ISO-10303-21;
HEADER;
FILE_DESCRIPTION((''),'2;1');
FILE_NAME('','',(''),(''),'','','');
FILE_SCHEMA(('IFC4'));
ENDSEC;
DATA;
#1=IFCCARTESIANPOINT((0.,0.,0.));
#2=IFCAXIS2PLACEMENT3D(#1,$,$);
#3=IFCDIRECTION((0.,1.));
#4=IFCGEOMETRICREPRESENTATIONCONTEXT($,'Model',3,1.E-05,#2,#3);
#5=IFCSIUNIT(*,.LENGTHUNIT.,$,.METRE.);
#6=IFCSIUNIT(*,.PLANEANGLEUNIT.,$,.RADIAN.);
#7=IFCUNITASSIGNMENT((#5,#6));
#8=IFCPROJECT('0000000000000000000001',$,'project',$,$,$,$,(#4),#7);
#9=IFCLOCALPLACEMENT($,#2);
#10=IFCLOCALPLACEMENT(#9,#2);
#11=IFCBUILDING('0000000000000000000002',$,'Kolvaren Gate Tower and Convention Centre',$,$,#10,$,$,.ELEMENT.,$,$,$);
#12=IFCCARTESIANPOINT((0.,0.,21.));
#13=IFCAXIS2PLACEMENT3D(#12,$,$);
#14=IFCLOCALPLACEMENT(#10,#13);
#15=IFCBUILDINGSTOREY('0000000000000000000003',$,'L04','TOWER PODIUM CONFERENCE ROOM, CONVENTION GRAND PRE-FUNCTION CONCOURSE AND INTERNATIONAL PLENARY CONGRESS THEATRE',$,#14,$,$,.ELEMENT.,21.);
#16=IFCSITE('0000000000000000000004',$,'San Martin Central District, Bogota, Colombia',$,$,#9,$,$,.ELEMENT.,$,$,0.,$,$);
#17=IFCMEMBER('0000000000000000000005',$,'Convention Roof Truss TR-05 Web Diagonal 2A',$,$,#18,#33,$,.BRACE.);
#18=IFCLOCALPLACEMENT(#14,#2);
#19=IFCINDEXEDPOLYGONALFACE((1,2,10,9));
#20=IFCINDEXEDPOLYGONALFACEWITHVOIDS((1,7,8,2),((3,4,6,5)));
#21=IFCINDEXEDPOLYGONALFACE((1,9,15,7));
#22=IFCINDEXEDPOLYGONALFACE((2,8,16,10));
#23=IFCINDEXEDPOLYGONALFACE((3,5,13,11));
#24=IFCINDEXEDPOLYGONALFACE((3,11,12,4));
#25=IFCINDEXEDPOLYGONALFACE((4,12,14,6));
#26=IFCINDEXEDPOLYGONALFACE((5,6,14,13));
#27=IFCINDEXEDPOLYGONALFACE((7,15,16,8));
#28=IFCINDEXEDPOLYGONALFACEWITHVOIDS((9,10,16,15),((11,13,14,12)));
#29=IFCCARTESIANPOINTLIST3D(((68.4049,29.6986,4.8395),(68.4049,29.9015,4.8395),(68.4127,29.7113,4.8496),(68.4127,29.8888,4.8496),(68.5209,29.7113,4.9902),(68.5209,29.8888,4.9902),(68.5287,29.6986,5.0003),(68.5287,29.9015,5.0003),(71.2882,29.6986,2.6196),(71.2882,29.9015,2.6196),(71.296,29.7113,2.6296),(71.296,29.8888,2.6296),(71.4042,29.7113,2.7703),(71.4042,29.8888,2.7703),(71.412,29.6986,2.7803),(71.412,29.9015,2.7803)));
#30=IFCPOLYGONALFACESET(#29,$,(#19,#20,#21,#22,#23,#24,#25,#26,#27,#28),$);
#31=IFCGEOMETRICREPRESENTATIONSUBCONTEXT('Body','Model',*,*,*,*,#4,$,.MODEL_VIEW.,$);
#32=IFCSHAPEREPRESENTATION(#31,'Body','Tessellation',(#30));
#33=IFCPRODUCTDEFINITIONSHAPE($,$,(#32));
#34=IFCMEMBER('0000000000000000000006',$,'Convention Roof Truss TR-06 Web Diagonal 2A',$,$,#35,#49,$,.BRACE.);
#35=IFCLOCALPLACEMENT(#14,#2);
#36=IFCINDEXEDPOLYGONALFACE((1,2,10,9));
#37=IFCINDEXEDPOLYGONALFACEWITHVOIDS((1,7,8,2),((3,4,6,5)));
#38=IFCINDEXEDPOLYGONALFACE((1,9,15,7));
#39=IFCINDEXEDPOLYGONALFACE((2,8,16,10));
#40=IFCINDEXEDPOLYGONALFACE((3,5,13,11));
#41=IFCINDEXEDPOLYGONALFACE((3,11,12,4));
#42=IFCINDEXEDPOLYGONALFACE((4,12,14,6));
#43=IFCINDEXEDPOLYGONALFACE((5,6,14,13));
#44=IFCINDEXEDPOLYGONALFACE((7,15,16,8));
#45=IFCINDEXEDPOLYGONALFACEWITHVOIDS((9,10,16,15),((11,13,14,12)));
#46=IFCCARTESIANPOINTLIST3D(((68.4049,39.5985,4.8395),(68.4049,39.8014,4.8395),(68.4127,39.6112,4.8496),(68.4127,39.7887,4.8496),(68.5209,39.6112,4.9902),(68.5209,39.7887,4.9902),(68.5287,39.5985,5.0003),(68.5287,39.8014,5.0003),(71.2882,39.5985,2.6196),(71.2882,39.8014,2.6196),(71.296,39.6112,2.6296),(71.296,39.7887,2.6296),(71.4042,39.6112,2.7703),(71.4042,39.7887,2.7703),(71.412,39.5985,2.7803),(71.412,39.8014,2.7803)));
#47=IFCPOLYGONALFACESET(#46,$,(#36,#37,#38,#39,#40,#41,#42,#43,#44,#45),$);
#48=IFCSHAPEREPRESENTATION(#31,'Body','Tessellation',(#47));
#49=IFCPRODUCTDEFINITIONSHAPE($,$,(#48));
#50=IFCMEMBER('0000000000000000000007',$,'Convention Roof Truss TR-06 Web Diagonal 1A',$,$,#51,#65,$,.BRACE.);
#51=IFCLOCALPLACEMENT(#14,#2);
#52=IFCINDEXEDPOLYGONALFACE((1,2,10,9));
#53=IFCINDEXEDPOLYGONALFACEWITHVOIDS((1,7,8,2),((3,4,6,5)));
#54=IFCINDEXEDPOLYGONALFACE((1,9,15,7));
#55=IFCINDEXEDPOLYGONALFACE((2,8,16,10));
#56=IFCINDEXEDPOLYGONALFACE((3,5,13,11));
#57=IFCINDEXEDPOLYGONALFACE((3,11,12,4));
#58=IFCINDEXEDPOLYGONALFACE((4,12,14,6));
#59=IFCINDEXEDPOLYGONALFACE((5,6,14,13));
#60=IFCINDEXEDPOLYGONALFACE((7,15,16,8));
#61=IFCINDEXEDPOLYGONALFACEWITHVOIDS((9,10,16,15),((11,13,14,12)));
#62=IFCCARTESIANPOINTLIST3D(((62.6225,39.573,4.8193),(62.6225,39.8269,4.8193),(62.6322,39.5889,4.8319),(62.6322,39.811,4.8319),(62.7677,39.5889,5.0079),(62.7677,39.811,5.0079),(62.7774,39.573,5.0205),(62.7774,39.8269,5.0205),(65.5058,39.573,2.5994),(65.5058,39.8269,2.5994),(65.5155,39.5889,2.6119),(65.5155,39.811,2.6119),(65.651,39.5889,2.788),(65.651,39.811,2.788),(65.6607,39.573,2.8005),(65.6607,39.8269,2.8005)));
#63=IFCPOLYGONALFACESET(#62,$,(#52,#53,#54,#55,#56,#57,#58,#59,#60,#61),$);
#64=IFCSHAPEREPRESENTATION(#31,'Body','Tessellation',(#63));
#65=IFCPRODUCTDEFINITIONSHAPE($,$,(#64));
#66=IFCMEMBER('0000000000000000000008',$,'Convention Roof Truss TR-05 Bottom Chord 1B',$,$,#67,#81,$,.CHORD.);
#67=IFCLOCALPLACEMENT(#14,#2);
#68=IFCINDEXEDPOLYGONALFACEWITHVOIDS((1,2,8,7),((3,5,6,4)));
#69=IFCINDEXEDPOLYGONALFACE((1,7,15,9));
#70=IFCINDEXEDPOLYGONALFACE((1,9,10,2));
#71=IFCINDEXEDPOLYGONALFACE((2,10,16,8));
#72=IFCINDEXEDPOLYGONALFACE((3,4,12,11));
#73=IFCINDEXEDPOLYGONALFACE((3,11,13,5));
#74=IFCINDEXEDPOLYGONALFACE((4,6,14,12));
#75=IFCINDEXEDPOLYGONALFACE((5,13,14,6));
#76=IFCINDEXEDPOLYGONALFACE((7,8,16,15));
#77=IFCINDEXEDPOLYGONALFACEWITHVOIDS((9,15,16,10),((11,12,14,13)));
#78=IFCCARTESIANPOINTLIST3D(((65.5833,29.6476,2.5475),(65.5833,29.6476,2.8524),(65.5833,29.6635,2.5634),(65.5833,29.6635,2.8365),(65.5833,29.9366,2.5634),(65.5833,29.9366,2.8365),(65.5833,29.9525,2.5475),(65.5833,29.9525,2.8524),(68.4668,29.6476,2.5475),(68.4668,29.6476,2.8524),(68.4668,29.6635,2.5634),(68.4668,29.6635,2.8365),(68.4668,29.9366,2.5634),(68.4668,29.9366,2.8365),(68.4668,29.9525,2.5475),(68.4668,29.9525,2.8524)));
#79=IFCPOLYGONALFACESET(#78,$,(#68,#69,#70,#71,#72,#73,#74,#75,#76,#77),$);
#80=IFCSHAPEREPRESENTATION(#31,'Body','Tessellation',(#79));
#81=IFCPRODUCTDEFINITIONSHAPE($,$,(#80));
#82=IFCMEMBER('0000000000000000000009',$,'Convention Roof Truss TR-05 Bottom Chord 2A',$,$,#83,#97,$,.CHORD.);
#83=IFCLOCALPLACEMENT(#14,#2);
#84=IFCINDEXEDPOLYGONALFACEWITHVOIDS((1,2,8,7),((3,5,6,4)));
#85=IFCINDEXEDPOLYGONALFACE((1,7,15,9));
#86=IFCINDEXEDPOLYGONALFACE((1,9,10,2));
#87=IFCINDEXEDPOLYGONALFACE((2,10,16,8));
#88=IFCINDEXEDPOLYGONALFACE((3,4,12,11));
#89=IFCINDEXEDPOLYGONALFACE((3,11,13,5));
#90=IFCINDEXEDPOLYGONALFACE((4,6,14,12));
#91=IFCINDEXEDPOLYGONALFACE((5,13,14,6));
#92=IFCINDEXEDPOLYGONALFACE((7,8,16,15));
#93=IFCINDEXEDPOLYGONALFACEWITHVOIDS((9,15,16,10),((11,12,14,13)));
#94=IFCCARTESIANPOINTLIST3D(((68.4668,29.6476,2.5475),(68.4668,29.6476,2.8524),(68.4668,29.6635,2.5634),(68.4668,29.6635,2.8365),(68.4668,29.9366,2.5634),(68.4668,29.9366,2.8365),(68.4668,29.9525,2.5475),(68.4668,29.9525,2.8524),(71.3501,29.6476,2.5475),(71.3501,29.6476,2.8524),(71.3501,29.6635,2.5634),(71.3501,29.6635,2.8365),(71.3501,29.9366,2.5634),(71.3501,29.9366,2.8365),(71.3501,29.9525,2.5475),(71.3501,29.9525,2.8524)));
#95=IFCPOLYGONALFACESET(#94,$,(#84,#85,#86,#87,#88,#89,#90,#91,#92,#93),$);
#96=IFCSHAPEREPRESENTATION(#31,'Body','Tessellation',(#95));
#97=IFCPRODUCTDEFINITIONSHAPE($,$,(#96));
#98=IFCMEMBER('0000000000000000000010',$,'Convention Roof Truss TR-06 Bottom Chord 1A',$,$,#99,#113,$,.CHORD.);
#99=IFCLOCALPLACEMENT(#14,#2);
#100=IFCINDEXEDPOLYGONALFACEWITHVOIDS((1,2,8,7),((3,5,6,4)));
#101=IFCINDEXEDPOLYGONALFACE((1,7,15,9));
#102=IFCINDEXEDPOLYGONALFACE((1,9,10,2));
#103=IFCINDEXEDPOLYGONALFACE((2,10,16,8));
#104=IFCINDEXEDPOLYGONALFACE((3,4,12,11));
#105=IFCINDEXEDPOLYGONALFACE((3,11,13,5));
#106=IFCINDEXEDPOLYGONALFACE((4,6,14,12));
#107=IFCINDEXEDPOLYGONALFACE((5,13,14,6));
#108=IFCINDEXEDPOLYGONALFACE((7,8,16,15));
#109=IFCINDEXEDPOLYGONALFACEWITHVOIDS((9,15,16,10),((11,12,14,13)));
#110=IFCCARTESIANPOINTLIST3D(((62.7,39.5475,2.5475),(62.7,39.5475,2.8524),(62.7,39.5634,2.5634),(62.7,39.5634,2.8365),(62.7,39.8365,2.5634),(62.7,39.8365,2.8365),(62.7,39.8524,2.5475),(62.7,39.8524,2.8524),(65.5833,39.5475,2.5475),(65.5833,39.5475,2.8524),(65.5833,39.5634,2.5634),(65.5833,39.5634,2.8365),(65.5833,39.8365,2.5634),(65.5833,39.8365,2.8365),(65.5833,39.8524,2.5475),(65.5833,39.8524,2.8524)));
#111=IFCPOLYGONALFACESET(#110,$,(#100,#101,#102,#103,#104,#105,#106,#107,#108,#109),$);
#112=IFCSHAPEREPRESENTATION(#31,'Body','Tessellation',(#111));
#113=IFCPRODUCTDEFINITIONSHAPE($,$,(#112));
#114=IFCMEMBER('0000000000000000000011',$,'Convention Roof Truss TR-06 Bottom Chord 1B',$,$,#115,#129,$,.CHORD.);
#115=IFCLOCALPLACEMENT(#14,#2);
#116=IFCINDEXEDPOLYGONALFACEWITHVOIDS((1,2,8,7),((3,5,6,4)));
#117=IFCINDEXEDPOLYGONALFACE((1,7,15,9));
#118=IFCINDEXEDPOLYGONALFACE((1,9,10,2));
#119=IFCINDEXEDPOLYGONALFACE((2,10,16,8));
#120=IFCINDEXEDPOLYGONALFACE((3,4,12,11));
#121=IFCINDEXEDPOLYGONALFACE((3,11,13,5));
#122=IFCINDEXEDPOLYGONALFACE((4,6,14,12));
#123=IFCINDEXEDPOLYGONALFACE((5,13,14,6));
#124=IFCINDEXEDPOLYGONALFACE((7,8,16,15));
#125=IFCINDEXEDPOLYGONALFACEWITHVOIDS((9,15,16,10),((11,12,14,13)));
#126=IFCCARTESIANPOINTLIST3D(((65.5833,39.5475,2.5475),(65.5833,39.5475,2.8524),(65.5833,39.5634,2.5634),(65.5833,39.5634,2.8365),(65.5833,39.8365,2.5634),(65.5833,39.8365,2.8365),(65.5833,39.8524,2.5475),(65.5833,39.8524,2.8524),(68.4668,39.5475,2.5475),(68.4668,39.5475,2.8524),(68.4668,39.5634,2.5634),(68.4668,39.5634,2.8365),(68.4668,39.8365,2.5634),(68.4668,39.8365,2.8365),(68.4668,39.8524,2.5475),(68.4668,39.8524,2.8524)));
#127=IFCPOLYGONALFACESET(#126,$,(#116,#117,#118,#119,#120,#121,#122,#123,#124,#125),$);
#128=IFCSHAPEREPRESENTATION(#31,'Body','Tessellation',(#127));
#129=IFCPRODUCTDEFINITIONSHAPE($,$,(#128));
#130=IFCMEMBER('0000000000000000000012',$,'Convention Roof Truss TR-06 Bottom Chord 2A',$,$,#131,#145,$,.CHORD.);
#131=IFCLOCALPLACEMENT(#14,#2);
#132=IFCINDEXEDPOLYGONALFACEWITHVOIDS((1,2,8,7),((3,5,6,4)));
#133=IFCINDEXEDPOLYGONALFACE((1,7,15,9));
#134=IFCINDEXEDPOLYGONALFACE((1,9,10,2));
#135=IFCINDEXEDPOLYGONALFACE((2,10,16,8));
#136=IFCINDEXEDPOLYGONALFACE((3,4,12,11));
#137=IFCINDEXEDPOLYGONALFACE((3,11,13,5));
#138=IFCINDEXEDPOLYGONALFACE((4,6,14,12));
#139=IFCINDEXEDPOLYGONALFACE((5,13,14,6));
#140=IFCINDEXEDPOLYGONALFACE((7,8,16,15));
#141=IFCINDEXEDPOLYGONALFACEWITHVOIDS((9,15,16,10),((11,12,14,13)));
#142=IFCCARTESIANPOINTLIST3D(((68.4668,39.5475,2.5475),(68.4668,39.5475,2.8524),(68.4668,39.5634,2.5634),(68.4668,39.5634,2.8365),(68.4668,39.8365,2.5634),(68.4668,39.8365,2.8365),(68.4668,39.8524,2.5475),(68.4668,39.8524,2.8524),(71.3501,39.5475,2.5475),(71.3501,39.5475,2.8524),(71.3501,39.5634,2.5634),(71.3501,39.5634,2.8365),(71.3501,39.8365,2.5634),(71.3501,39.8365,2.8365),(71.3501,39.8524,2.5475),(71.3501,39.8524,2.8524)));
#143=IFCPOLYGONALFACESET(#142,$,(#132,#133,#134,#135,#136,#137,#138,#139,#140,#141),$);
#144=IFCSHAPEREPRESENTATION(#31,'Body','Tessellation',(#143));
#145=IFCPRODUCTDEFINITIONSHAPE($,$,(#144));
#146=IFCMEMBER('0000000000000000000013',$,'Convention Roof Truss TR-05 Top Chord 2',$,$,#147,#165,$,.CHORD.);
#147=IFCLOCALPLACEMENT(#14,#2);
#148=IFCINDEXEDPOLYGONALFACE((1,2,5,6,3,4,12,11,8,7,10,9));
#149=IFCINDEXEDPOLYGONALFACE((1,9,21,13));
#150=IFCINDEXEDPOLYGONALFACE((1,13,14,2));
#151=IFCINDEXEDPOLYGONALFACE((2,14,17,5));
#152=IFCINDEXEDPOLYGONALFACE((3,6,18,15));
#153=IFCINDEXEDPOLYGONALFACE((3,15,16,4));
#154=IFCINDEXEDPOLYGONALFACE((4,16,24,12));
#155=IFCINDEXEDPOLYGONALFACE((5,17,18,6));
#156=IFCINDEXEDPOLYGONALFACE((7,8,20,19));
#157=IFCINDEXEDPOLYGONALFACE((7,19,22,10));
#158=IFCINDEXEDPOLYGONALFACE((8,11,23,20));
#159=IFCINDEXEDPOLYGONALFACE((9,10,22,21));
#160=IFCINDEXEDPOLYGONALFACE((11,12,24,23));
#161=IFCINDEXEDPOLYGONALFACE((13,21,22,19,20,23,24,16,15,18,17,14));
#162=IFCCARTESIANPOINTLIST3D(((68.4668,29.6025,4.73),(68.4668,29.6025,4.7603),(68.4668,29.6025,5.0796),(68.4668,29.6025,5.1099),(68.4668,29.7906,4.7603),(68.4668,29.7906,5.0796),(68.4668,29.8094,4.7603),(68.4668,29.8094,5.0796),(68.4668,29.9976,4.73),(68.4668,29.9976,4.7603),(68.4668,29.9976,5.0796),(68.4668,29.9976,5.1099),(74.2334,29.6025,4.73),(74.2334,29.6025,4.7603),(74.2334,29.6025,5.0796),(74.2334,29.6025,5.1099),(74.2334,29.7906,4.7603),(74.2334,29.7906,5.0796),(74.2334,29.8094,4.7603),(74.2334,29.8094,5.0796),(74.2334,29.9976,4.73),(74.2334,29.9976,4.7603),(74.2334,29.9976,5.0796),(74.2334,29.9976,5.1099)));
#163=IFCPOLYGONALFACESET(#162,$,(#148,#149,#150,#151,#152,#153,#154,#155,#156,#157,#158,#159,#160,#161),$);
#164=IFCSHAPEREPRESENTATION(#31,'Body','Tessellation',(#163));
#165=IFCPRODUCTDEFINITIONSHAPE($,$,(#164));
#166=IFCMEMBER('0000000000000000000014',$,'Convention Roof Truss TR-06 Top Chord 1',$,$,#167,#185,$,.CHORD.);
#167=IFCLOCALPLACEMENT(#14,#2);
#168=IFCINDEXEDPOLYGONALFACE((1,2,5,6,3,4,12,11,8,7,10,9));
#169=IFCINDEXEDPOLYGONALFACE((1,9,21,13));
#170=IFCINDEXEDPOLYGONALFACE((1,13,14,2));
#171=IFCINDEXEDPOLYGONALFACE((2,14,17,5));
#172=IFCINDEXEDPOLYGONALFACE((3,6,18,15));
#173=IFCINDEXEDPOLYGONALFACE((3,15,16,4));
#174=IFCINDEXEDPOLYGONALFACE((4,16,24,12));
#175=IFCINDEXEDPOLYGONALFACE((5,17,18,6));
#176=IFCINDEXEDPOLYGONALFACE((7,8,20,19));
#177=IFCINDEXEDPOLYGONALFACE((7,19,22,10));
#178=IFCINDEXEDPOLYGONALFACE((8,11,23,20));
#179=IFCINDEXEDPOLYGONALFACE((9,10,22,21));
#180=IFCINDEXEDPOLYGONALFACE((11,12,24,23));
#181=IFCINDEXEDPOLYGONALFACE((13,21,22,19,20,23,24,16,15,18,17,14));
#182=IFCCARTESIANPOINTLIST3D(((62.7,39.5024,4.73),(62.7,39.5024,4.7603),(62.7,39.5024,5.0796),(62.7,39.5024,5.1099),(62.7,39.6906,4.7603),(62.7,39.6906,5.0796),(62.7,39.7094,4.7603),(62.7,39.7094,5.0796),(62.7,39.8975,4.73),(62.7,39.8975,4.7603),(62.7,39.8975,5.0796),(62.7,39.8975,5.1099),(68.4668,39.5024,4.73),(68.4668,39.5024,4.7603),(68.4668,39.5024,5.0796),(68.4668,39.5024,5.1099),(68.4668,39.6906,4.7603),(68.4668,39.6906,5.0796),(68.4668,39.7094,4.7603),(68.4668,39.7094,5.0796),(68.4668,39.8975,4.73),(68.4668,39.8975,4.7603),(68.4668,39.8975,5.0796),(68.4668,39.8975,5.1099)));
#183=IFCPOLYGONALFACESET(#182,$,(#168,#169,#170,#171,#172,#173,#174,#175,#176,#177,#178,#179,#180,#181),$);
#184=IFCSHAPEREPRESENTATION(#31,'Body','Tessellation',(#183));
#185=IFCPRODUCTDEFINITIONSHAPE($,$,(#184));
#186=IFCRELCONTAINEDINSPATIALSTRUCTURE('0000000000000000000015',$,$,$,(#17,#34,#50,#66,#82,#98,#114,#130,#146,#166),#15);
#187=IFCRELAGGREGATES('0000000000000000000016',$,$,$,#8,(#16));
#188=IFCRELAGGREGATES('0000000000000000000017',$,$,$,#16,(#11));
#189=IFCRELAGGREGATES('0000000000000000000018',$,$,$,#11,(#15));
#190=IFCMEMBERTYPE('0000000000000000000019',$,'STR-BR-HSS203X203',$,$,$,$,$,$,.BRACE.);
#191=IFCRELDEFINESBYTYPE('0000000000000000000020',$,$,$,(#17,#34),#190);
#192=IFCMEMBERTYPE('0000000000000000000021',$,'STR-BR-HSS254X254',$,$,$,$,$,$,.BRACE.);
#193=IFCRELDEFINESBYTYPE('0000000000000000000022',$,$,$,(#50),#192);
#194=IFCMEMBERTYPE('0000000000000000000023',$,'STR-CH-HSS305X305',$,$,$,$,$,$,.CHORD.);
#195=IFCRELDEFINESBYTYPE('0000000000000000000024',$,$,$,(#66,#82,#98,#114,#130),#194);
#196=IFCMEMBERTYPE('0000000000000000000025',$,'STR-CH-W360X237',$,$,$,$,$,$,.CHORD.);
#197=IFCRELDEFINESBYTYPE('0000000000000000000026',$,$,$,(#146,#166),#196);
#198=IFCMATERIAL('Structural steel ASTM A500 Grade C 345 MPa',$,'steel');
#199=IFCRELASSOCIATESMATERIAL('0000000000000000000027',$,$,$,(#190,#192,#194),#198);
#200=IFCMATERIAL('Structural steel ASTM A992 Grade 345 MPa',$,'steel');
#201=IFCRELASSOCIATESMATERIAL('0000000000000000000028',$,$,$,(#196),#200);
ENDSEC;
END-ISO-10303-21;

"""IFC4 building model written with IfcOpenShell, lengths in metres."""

from ifc_helpers import new_model, si_unit, direction, frame, origin, origin_2d, place, context, subcontext, project, spatial, hollow_rectangle, i_section, extrude, material, material_profile, profile_set, type_object, element, save


model = new_model("IFC4")

# Units and contexts
model_context = context("Model", 3, precision=1e-05, world=origin(), true_north=direction((0.0, 1.0)))
body_context = subcontext(model_context, "Body", "Model", "MODEL_VIEW")
ifc_project = project(units=[si_unit("LENGTHUNIT", "METRE"), si_unit("PLANEANGLEUNIT", "RADIAN")], contexts=[model_context])

# Site, building, storey
site_placement = place(None, origin())
site = spatial("IfcSite", under=ifc_project, at=site_placement, Name="San Martin Central District, Bogota, Colombia", CompositionType="ELEMENT", RefElevation=0.0)
building_placement = place(site_placement, origin())
building = spatial("IfcBuilding", under=site, at=building_placement, Name="Kolvaren Gate Tower and Convention Centre", CompositionType="ELEMENT")
storey_placement = place(building_placement, frame((0.0, 0.0, 21.0)))
storey = spatial("IfcBuildingStorey", under=building, at=storey_placement, Name="L04", Description="TOWER PODIUM CONFERENCE ROOM, CONVENTION GRAND PRE-FUNCTION CONCOURSE AND INTERNATIONAL PLENARY CONGRESS THEATRE", CompositionType="ELEMENT", Elevation=21.0)

# Members
ifc_material_1 = material(Name="Structural steel ASTM A500 Grade C 345 MPa", Category="steel")
ifc_material_profile_1 = material_profile(ifc_material_1, hollow_rectangle(XDim=0.2029, YDim=0.2029, WallThickness=0.0127, at=origin_2d()), Name="HSS203X203X12.7")
ifc_profile_set_1 = profile_set([ifc_material_profile_1], Name="Structural steel ASTM A500 Grade C 345 MPa")
member_type_1 = type_object("IfcMemberType", Name="STR-BR-HSS203X203", PredefinedType="BRACE", material=ifc_profile_set_1)
for number, where, z_axis, x_axis, name in (
    (1, (68.4668, 29.8, 4.9199), (0.792352, 0.0, -0.610064), (0.0, 1.0, 0.0), "Convention Roof Truss TR-05 Web Diagonal 2A"),
    (2, (68.4668, 39.7, 4.9199), (0.792352, 0.0, -0.610064), (0.0, 1.0, 0.0), "Convention Roof Truss TR-06 Web Diagonal 2A"),
):
    element("IfcMember", number, at=place(storey_placement, frame(where, z_axis=z_axis, x_axis=x_axis)), inside=storey, type_object=member_type_1, Name=name, PredefinedType="BRACE", context=body_context, shape_type="SweptSolid", body=[
        extrude(hollow_rectangle(XDim=0.2029, YDim=0.2029, WallThickness=0.0127, at=origin_2d()), origin(), (0.0, 0.0, 1.0), 3.6389),
    ])
ifc_material_profile_2 = material_profile(ifc_material_1, hollow_rectangle(XDim=0.2539, YDim=0.2539, WallThickness=0.0159, at=origin_2d()), Name="HSS254X254X15.9")
ifc_profile_set_2 = profile_set([ifc_material_profile_2], Name="Structural steel ASTM A500 Grade C 345 MPa")
member_type_2 = type_object("IfcMemberType", Name="STR-BR-HSS254X254", PredefinedType="BRACE", material=ifc_profile_set_2)
member_1_placement = place(storey_placement, frame((62.7, 39.7, 4.9199), z_axis=(0.792352, 0.0, -0.610064), x_axis=(0.0, 1.0, 0.0)))
element("IfcMember", 3, at=member_1_placement, inside=storey, type_object=member_type_2, Name="Convention Roof Truss TR-06 Web Diagonal 1A", PredefinedType="BRACE", context=body_context, shape_type="SweptSolid", body=[
    extrude(hollow_rectangle(XDim=0.2539, YDim=0.2539, WallThickness=0.0159, at=origin_2d()), origin(), (0.0, 0.0, 1.0), 3.6389),
])
ifc_material_profile_3 = material_profile(ifc_material_1, hollow_rectangle(XDim=0.3049, YDim=0.3049, WallThickness=0.0159, at=origin_2d()), Name="HSS305X305X15.9")
ifc_profile_set_3 = profile_set([ifc_material_profile_3], Name="Structural steel ASTM A500 Grade C 345 MPa")
member_type_3 = type_object("IfcMemberType", Name="STR-CH-HSS305X305", PredefinedType="CHORD", material=ifc_profile_set_3)
member_2_placement = place(storey_placement, frame((65.5833, 29.8, 2.7), z_axis=(1.0, 0.0, 0.0), x_axis=(0.0, 1.0, 0.0)))
element("IfcMember", 4, at=member_2_placement, inside=storey, type_object=member_type_3, Name="Convention Roof Truss TR-05 Bottom Chord 1B", PredefinedType="CHORD", context=body_context, shape_type="SweptSolid", body=[
    extrude(hollow_rectangle(XDim=0.3049, YDim=0.3049, WallThickness=0.0159, at=origin_2d()), origin(), (0.0, 0.0, 1.0), 2.8835),
])
for number, where, z_axis, x_axis, name in (
    (5, (68.4668, 29.8, 2.7), (1.0, 0.0, 0.0), (0.0, 1.0, 0.0), "Convention Roof Truss TR-05 Bottom Chord 2A"),
    (6, (62.7, 39.7, 2.7), (1.0, 0.0, 0.0), (0.0, 1.0, 0.0), "Convention Roof Truss TR-06 Bottom Chord 1A"),
):
    element("IfcMember", number, at=place(storey_placement, frame(where, z_axis=z_axis, x_axis=x_axis)), inside=storey, type_object=member_type_3, Name=name, PredefinedType="CHORD", context=body_context, shape_type="SweptSolid", body=[
        extrude(hollow_rectangle(XDim=0.3049, YDim=0.3049, WallThickness=0.0159, at=origin_2d()), origin(), (0.0, 0.0, 1.0), 2.8833),
    ])
member_3_placement = place(storey_placement, frame((65.5833, 39.7, 2.7), z_axis=(1.0, 0.0, 0.0), x_axis=(0.0, 1.0, 0.0)))
element("IfcMember", 7, at=member_3_placement, inside=storey, type_object=member_type_3, Name="Convention Roof Truss TR-06 Bottom Chord 1B", PredefinedType="CHORD", context=body_context, shape_type="SweptSolid", body=[
    extrude(hollow_rectangle(XDim=0.3049, YDim=0.3049, WallThickness=0.0159, at=origin_2d()), origin(), (0.0, 0.0, 1.0), 2.8835),
])
member_4_placement = place(storey_placement, frame((68.4668, 39.7, 2.7), z_axis=(1.0, 0.0, 0.0), x_axis=(0.0, 1.0, 0.0)))
element("IfcMember", 8, at=member_4_placement, inside=storey, type_object=member_type_3, Name="Convention Roof Truss TR-06 Bottom Chord 2A", PredefinedType="CHORD", context=body_context, shape_type="SweptSolid", body=[
    extrude(hollow_rectangle(XDim=0.3049, YDim=0.3049, WallThickness=0.0159, at=origin_2d()), origin(), (0.0, 0.0, 1.0), 2.8833),
])
ifc_material_2 = material(Name="Structural steel ASTM A992 Grade 345 MPa", Category="steel")
ifc_material_profile_4 = material_profile(ifc_material_2, i_section(OverallWidth=0.395, OverallDepth=0.3799, WebThickness=0.0188, FlangeThickness=0.0303, at=origin_2d()), Name="W360X237")
ifc_profile_set_4 = profile_set([ifc_material_profile_4], Name="Structural steel ASTM A992 Grade 345 MPa")
member_type_4 = type_object("IfcMemberType", Name="STR-CH-W360X237", PredefinedType="CHORD", material=ifc_profile_set_4)
member_5_placement = place(storey_placement, frame((68.4668, 29.8, 4.9199), z_axis=(1.0, 0.0, 0.0), x_axis=(0.0, 1.0, 0.0)))
element("IfcMember", 9, at=member_5_placement, inside=storey, type_object=member_type_4, Name="Convention Roof Truss TR-05 Top Chord 2", PredefinedType="CHORD", context=body_context, shape_type="SweptSolid", body=[
    extrude(i_section(OverallWidth=0.395, OverallDepth=0.3799, WebThickness=0.0188, FlangeThickness=0.0303, at=origin_2d()), origin(), (0.0, 0.0, 1.0), 5.7666),
])
member_6_placement = place(storey_placement, frame((62.7, 39.7, 4.9199), z_axis=(1.0, 0.0, 0.0), x_axis=(0.0, 1.0, 0.0)))
element("IfcMember", 10, at=member_6_placement, inside=storey, type_object=member_type_4, Name="Convention Roof Truss TR-06 Top Chord 1", PredefinedType="CHORD", context=body_context, shape_type="SweptSolid", body=[
    extrude(i_section(OverallWidth=0.395, OverallDepth=0.3799, WebThickness=0.0188, FlangeThickness=0.0303, at=origin_2d()), origin(), (0.0, 0.0, 1.0), 5.7668),
])

save(model, "model.ifc")
